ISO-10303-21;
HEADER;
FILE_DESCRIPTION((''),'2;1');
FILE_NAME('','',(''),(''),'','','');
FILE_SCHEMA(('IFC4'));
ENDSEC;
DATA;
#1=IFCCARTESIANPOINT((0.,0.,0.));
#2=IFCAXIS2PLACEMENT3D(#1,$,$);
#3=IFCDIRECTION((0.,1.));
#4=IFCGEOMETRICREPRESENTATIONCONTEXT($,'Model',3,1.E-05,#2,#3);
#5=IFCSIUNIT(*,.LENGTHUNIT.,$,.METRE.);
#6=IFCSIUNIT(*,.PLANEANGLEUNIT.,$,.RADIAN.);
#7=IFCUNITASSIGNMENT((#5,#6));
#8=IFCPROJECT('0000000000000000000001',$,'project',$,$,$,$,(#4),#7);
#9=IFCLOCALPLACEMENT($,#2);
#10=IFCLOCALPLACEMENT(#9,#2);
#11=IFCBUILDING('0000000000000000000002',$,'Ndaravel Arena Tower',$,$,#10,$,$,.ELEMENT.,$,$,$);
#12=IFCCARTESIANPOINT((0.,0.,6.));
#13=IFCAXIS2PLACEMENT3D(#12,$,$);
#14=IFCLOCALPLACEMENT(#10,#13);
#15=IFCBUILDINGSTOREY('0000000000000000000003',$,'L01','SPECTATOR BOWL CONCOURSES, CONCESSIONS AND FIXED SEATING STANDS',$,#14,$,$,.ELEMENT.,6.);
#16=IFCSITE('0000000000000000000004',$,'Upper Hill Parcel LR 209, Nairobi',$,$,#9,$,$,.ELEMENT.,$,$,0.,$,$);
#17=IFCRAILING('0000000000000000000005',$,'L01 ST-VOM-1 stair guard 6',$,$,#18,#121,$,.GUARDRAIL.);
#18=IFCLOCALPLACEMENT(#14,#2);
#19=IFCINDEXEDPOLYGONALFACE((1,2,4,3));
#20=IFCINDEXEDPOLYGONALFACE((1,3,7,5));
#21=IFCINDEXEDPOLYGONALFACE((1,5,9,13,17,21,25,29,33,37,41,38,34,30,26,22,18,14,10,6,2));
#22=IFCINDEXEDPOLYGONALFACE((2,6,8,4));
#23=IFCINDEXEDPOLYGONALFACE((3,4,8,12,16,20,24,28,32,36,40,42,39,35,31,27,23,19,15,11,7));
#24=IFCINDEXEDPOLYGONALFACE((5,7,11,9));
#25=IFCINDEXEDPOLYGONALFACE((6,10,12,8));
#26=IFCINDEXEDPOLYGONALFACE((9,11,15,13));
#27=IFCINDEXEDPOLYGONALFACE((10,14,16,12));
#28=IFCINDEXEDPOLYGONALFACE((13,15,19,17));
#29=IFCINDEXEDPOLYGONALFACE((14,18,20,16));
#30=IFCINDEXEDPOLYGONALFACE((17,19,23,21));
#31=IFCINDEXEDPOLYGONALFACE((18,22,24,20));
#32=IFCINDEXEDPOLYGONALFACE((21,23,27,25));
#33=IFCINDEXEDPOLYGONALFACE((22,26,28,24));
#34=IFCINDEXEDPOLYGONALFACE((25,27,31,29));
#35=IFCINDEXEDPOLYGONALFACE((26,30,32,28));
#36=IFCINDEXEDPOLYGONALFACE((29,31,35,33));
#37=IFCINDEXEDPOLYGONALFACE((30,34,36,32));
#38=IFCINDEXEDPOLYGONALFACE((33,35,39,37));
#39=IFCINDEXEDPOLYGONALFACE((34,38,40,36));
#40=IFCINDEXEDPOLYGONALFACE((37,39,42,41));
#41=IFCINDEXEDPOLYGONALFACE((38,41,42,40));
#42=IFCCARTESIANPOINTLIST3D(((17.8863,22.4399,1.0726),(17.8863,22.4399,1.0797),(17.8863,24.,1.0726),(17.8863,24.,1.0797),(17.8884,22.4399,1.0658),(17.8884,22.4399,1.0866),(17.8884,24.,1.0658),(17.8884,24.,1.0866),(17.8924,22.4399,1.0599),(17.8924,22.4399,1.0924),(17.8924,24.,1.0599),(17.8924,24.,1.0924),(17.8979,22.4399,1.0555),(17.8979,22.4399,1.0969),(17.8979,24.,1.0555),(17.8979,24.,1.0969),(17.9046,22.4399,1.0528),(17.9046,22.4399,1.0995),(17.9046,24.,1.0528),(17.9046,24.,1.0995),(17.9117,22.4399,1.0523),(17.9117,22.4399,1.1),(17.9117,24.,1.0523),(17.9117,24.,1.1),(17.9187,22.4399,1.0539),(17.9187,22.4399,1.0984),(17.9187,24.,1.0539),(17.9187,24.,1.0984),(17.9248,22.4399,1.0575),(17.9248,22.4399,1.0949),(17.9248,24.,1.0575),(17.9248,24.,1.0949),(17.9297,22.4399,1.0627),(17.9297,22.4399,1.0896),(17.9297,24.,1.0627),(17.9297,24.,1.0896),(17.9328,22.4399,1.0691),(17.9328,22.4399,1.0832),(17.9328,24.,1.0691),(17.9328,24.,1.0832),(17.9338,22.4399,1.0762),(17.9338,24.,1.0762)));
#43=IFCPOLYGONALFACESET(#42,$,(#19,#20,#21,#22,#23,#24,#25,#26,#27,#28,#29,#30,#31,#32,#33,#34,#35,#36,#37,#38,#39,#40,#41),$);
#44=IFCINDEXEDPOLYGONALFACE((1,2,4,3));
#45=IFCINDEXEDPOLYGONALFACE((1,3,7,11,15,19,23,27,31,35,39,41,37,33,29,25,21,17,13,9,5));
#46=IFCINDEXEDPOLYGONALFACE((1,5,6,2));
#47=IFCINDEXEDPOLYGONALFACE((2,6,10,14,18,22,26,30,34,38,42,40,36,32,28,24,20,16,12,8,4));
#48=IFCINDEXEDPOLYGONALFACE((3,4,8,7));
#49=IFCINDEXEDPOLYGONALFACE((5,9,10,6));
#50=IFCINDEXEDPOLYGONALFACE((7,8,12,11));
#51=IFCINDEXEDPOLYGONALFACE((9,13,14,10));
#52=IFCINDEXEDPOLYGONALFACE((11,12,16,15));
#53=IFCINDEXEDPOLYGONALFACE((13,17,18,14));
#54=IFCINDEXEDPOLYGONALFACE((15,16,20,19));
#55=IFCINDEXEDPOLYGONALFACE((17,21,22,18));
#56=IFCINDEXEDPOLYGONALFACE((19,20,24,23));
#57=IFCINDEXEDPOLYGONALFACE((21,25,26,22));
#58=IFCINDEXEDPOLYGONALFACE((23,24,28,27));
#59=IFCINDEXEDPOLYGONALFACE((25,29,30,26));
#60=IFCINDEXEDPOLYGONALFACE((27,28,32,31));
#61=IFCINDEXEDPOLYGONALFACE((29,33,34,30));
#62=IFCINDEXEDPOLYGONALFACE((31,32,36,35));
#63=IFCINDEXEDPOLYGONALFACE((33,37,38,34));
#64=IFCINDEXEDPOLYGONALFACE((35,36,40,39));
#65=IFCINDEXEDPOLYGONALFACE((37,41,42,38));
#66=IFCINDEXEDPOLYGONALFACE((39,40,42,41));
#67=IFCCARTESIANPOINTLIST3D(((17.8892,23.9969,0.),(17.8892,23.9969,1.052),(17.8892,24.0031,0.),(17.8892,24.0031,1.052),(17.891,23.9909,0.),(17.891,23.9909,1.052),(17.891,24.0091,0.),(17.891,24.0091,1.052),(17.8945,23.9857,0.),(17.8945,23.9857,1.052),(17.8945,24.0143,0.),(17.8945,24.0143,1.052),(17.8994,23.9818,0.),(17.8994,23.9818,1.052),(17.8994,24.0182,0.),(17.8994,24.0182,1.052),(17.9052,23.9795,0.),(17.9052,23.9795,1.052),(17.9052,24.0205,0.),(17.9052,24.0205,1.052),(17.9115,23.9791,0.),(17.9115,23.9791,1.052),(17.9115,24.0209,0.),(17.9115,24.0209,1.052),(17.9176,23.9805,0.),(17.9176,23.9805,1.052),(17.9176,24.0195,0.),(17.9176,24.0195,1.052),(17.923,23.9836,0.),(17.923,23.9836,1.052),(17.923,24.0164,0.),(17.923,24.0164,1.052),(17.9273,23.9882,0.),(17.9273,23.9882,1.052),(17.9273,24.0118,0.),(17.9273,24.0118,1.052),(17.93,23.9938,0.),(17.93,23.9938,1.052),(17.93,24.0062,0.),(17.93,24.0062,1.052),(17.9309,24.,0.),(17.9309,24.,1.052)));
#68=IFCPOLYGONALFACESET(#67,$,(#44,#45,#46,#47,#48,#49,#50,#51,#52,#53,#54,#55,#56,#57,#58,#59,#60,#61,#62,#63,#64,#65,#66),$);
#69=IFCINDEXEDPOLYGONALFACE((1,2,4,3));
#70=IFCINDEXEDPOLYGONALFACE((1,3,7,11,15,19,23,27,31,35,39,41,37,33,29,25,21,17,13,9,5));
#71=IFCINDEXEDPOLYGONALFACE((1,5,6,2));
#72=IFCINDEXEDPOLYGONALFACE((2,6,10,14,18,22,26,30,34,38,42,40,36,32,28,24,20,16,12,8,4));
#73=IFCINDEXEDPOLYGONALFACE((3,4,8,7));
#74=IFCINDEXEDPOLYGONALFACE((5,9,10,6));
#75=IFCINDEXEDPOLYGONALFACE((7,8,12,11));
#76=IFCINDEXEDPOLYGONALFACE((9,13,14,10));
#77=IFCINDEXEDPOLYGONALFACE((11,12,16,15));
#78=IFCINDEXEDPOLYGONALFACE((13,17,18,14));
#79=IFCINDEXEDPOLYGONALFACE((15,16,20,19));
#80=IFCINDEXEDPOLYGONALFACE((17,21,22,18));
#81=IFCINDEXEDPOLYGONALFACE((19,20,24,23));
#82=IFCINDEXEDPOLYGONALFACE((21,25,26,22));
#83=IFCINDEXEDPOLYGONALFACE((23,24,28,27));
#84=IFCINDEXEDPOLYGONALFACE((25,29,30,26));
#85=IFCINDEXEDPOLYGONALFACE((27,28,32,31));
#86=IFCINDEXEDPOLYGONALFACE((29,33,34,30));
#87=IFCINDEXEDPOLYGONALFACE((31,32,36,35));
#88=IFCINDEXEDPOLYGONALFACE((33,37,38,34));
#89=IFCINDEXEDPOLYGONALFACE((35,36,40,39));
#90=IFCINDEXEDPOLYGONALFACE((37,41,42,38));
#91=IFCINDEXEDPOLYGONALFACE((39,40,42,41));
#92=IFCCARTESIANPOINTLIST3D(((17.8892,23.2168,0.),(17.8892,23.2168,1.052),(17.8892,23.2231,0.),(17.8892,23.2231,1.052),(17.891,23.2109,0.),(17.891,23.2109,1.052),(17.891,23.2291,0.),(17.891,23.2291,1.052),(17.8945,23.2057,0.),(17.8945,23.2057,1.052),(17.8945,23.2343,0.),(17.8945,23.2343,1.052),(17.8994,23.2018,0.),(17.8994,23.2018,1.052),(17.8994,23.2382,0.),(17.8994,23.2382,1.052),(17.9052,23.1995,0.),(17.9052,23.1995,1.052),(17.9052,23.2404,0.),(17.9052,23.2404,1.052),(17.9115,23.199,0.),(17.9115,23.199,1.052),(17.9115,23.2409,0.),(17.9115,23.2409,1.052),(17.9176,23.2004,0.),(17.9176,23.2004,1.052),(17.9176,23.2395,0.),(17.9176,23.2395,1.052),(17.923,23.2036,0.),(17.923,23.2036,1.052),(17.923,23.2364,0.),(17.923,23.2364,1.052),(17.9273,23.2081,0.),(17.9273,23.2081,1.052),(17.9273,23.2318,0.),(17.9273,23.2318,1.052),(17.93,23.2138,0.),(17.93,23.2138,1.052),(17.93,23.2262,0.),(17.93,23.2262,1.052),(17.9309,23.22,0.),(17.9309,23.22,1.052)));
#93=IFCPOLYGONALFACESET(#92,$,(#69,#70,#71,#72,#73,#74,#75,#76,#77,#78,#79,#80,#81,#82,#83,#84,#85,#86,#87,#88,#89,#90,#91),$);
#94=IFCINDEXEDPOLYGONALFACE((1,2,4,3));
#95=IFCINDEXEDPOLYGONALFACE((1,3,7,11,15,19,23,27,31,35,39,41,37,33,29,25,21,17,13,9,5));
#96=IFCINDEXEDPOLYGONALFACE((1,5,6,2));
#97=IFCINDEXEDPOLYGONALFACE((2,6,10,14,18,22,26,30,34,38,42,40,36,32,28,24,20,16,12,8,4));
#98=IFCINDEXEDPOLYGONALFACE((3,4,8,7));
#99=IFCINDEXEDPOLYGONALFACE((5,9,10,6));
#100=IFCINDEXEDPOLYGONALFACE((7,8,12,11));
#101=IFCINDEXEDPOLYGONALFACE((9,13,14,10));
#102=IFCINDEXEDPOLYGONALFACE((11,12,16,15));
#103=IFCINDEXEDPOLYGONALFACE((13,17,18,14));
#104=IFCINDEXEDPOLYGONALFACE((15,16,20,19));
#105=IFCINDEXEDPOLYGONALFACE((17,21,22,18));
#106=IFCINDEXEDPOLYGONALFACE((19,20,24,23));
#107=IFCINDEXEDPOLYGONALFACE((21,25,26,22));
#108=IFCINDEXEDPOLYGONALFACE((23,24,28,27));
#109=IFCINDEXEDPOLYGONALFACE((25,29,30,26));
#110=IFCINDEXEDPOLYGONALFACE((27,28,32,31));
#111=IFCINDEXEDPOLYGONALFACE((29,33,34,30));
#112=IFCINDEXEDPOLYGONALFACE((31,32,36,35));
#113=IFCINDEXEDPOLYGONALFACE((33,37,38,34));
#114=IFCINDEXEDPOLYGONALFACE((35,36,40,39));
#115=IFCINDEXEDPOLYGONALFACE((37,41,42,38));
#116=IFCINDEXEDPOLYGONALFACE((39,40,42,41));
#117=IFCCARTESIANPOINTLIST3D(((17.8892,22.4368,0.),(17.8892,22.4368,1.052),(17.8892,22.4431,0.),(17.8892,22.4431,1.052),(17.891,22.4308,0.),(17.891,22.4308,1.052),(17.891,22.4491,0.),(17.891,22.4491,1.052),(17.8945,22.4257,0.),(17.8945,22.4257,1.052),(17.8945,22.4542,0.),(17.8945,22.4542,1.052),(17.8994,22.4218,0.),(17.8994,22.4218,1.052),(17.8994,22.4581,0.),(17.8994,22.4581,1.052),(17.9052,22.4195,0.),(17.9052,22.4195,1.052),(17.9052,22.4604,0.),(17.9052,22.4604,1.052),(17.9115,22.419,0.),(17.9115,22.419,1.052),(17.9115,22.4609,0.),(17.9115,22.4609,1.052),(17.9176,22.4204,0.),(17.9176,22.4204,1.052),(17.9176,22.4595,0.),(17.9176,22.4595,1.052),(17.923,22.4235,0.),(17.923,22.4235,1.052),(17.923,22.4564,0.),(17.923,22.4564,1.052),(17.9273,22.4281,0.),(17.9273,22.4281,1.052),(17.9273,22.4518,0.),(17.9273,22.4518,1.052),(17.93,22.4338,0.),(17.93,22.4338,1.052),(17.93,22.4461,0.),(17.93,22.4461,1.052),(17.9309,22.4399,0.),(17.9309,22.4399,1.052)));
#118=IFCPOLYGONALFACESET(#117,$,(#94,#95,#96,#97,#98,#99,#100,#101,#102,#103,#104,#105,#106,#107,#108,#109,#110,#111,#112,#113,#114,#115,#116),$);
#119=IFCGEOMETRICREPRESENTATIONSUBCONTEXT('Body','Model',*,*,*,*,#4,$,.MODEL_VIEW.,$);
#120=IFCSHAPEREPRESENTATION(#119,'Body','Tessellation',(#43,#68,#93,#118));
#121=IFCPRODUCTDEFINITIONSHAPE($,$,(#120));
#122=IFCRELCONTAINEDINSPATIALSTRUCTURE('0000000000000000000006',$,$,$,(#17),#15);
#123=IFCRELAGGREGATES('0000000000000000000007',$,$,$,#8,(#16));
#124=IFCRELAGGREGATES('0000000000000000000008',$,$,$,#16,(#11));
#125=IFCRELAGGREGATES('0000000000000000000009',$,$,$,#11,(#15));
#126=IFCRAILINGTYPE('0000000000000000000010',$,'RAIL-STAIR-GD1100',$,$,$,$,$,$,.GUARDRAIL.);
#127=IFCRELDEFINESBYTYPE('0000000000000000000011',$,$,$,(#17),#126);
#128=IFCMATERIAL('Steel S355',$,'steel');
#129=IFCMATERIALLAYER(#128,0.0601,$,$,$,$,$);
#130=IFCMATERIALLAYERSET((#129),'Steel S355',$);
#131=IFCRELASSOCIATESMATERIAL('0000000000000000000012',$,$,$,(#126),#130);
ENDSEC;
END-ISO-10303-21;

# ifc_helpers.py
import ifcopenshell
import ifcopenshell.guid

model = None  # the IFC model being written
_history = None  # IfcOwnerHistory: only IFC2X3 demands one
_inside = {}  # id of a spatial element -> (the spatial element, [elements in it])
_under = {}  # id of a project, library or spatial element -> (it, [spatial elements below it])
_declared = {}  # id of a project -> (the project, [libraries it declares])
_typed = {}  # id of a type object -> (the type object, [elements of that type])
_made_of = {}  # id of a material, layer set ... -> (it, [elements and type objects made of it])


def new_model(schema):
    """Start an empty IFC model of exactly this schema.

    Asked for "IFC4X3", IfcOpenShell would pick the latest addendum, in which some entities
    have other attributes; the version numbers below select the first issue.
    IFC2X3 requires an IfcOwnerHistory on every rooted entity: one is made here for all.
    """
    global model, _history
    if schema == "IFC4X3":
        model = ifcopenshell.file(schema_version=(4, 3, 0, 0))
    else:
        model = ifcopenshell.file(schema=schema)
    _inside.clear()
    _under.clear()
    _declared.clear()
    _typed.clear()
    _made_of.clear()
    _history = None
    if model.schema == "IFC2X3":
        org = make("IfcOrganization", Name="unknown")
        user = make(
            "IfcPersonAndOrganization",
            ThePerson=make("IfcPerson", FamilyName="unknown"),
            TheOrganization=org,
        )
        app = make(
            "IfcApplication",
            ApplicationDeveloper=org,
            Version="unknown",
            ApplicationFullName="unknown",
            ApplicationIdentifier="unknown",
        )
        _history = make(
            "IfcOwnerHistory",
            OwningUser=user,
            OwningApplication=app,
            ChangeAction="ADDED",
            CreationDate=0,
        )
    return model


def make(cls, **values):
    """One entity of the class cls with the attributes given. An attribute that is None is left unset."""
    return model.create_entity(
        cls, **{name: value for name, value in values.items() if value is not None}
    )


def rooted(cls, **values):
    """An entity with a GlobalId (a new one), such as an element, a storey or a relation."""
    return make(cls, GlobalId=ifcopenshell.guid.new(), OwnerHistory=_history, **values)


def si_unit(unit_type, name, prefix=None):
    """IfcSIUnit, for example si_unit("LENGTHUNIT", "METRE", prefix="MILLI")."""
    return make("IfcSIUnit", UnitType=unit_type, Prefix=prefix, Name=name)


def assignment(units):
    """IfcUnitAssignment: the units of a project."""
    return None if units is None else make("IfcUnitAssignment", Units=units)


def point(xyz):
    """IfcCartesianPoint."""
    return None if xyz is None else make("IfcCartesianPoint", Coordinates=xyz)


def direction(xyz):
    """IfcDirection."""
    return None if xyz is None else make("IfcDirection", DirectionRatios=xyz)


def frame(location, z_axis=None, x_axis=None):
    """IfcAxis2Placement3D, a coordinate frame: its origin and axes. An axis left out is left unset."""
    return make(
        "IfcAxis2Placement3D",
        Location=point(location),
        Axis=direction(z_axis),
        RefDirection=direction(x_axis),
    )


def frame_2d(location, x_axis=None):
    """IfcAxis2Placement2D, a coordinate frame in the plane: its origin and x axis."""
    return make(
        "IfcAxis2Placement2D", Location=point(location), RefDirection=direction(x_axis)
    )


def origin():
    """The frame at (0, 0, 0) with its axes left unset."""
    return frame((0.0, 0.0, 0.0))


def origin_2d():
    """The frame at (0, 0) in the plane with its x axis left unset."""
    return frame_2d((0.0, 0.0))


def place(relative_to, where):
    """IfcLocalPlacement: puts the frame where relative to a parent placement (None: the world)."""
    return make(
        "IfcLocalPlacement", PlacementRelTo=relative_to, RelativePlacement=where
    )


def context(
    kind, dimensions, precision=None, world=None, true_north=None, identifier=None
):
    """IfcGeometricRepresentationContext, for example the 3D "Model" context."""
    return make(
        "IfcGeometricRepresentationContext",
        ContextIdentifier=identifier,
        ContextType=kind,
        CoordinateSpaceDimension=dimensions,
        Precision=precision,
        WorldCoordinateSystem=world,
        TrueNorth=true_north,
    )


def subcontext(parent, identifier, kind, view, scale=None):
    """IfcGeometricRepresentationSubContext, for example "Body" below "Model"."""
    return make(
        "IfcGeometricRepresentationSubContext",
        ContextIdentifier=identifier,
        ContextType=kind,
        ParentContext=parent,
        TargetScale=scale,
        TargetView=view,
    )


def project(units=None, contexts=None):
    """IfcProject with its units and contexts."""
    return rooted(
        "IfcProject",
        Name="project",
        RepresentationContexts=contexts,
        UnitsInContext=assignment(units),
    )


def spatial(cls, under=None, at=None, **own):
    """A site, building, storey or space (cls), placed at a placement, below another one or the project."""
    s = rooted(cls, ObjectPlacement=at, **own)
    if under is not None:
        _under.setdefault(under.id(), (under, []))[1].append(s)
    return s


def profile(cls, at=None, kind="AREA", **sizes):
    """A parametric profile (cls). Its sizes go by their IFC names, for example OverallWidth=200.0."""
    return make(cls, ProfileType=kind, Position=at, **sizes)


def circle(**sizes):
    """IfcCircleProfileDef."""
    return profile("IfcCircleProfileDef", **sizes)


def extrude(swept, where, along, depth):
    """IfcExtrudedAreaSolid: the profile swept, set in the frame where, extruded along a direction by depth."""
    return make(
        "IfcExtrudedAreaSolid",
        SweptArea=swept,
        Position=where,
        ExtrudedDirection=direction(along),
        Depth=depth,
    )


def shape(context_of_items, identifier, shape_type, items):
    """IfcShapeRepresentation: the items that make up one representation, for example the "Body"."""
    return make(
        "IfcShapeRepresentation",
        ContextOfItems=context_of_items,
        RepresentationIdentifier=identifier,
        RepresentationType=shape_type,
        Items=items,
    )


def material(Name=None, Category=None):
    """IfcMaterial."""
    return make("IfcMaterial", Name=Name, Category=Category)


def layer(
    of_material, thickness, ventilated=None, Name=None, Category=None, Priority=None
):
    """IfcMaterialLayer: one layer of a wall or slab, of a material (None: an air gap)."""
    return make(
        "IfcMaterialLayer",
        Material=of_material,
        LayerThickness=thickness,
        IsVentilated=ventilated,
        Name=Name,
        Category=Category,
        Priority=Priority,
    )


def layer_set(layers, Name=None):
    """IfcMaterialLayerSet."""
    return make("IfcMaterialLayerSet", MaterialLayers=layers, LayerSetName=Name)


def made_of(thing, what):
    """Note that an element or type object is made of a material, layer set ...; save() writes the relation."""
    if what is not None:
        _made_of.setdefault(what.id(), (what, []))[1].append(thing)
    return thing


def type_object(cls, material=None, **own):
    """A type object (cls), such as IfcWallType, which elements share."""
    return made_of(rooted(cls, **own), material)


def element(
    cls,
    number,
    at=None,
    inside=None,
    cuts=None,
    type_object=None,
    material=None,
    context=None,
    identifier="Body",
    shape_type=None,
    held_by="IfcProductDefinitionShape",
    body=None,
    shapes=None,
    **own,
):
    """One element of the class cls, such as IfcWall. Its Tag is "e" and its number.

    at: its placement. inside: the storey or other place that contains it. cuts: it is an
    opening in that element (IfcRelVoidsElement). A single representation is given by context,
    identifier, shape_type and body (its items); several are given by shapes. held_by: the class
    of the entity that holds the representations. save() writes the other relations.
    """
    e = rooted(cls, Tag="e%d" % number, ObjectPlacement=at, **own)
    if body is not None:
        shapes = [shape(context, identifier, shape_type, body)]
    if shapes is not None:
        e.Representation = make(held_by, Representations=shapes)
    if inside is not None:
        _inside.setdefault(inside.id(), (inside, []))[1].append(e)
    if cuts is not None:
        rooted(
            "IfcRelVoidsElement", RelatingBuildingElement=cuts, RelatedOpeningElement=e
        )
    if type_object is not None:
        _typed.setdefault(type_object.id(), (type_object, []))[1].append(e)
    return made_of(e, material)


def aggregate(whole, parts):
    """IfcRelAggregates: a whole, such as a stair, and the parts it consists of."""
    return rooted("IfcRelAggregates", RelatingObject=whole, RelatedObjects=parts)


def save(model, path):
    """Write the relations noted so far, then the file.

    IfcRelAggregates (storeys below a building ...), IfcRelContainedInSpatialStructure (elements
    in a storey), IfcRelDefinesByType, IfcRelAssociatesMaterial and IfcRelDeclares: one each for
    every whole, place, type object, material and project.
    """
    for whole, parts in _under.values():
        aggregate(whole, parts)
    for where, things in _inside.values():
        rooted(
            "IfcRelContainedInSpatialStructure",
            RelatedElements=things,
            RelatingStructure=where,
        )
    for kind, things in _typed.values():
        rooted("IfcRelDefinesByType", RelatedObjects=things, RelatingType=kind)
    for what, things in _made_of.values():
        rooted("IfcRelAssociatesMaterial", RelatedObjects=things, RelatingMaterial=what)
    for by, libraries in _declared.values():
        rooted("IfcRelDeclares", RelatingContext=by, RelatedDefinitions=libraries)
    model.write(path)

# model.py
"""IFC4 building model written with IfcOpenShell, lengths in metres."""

from ifc_helpers import new_model, si_unit, direction, frame, origin, origin_2d, place, context, subcontext, project, spatial, circle, extrude, material, layer, layer_set, type_object, element, save


model = new_model("IFC4")

# Units and contexts
model_context = context("Model", 3, precision=1e-05, world=origin(), true_north=direction((0.0, 1.0)))
body_context = subcontext(model_context, "Body", "Model", "MODEL_VIEW")
ifc_project = project(units=[si_unit("LENGTHUNIT", "METRE"), si_unit("PLANEANGLEUNIT", "RADIAN")], contexts=[model_context])

# Site, building, storey
site_placement = place(None, origin())
site = spatial("IfcSite", under=ifc_project, at=site_placement, Name="Upper Hill Parcel LR 209, Nairobi", CompositionType="ELEMENT", RefElevation=0.0)
building_placement = place(site_placement, origin())
building = spatial("IfcBuilding", under=site, at=building_placement, Name="Ndaravel Arena Tower", CompositionType="ELEMENT")
storey_placement = place(building_placement, frame((0.0, 0.0, 6.0)))
storey = spatial("IfcBuildingStorey", under=building, at=storey_placement, Name="L01", Description="SPECTATOR BOWL CONCOURSES, CONCESSIONS AND FIXED SEATING STANDS", CompositionType="ELEMENT", Elevation=6.0)

# Railing
ifc_material_1 = material(Name="Steel S355", Category="steel")
ifc_layer_1 = layer(ifc_material_1, 0.0601)
ifc_layer_set_1 = layer_set([ifc_layer_1], Name="Steel S355")
railing_type_1 = type_object("IfcRailingType", Name="RAIL-STAIR-GD1100", PredefinedType="GUARDRAIL", material=ifc_layer_set_1)
for number, where, name in (
    (1, (17.9099, 24.0, 0.0), "L01 ST-VOM-1 stair guard 6"),
):
    element("IfcRailing", number, at=place(storey_placement, frame(where)), inside=storey, type_object=railing_type_1, Name=name, PredefinedType="GUARDRAIL", context=body_context, shape_type="SweptSolid", body=[
        extrude(circle(Radius=0.0239, at=origin_2d()), frame((0.0, 0.0, 1.0762), z_axis=(0.0, -1.0, 0.0), x_axis=(1.0, 0.0, 0.0)), (0.0, 0.0, 1.0), 1.5601),
        extrude(circle(Radius=0.021, at=origin_2d()), origin(), (0.0, 0.0, 1.0), 1.052),
        extrude(circle(Radius=0.021, at=origin_2d()), frame((0.0, -0.78, 0.0)), (0.0, 0.0, 1.0), 1.052),
        extrude(circle(Radius=0.021, at=origin_2d()), frame((0.0, -1.5601, 0.0)), (0.0, 0.0, 1.0), 1.052),
    ])

save(model, "model.ifc")
